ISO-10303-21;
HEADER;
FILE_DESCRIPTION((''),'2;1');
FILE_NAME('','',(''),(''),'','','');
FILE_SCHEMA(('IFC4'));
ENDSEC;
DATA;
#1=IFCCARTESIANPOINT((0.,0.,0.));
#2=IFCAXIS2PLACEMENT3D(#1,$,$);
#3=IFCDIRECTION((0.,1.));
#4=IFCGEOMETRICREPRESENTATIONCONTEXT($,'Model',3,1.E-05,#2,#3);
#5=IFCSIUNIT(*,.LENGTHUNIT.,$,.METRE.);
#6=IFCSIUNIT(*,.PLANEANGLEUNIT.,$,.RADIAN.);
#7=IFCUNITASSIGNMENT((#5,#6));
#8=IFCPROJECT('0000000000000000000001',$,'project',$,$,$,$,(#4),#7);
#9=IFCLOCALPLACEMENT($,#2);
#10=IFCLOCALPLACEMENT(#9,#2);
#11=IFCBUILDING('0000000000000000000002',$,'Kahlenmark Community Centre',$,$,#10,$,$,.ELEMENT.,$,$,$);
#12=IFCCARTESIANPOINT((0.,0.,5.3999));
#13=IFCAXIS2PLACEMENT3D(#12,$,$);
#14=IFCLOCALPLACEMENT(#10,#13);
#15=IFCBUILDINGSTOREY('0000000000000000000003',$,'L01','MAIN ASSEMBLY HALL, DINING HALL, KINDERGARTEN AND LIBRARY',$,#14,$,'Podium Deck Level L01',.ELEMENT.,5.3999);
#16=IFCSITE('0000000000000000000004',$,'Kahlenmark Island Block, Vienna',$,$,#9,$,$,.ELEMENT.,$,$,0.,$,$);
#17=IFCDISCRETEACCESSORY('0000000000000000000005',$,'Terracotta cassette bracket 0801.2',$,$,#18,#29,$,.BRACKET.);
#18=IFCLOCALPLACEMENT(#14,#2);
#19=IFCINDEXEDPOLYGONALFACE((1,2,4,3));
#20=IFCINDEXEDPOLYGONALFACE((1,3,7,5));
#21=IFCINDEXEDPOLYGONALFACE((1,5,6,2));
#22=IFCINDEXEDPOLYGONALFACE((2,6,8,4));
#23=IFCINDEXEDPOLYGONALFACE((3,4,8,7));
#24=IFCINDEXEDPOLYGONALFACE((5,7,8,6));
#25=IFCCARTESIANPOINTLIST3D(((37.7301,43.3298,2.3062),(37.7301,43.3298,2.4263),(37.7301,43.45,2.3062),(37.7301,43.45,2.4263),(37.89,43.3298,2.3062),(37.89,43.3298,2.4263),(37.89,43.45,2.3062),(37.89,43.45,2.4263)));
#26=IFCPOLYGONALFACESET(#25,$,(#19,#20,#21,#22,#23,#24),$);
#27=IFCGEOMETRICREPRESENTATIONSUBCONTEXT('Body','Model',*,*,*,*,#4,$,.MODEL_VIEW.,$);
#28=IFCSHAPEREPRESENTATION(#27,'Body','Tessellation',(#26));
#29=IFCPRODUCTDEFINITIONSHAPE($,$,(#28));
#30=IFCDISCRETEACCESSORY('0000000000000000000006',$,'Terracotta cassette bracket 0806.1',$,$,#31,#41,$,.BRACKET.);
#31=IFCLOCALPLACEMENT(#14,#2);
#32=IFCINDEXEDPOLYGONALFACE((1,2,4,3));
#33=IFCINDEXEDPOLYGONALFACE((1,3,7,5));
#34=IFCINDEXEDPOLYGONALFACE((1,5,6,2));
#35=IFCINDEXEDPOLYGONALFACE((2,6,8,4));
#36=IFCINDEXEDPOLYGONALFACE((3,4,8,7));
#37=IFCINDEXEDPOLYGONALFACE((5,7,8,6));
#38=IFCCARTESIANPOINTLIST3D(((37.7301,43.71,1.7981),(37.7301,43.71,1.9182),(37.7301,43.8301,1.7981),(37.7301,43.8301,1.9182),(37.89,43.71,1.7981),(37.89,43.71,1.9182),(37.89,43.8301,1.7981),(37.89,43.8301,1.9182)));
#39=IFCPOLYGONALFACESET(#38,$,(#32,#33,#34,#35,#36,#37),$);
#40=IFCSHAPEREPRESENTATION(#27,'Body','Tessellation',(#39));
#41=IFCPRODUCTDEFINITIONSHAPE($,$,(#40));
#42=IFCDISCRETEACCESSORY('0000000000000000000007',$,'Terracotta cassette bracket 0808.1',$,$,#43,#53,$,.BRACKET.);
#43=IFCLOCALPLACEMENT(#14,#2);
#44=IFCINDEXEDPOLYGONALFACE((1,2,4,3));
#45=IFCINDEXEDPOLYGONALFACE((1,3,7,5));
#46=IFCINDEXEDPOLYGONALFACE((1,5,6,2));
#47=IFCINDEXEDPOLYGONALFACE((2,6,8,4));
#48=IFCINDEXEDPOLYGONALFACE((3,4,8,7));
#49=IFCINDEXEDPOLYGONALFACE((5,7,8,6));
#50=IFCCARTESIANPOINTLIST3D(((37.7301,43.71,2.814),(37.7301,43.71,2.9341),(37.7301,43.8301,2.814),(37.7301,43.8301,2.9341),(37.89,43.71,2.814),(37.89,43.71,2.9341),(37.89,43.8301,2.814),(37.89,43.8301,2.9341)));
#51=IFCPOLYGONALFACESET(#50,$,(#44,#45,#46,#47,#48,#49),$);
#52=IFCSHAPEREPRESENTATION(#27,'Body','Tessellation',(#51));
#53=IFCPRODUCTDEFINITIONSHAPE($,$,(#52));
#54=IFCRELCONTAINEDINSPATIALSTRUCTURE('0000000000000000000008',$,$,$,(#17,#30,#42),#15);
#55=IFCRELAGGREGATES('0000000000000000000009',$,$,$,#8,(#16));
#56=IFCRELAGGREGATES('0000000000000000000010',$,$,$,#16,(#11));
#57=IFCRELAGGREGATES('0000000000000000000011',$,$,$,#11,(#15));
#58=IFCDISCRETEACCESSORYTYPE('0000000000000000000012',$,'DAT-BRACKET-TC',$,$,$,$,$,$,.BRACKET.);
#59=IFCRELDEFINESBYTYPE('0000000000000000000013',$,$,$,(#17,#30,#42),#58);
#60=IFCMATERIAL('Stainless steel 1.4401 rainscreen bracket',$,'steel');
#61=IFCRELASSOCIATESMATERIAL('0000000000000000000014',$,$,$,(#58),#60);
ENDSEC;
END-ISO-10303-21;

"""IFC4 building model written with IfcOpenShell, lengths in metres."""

from ifc_helpers import new_model, si_unit, direction, frame, origin, origin_2d, place, context, subcontext, project, spatial, rectangle, extrude, material, type_object, element, save


model = new_model("IFC4")

# Units and contexts
model_context = context("Model", 3, precision=1e-05, world=origin(), true_north=direction((0.0, 1.0)))
body_context = subcontext(model_context, "Body", "Model", "MODEL_VIEW")
ifc_project = project(units=[si_unit("LENGTHUNIT", "METRE"), si_unit("PLANEANGLEUNIT", "RADIAN")], contexts=[model_context])

# Site, building, storey
site_placement = place(None, origin())
site = spatial("IfcSite", under=ifc_project, at=site_placement, Name="Kahlenmark Island Block, Vienna", CompositionType="ELEMENT", RefElevation=0.0)
building_placement = place(site_placement, origin())
building = spatial("IfcBuilding", under=site, at=building_placement, Name="Kahlenmark Community Centre", CompositionType="ELEMENT")
storey_placement = place(building_placement, frame((0.0, 0.0, 5.3999)))
storey = spatial("IfcBuildingStorey", under=building, at=storey_placement, Name="L01", Description="MAIN ASSEMBLY HALL, DINING HALL, KINDERGARTEN AND LIBRARY", LongName="Podium Deck Level L01", CompositionType="ELEMENT", Elevation=5.3999)

# Discrete accessories
ifc_material_1 = material(Name="Stainless steel 1.4401 rainscreen bracket", Category="steel")
discrete_accessory_type = type_object("IfcDiscreteAccessoryType", Name="DAT-BRACKET-TC", PredefinedType="BRACKET", material=ifc_material_1)
for number, where, z_axis, x_axis, name in (
    (1, (37.8101, 43.3899, 2.3062), (0.0, 0.0, 1.0), (0.0, 1.0, 0.0), "Terracotta cassette bracket 0801.2"),
    (2, (37.8101, 43.77, 1.7981), (0.0, 0.0, 1.0), (0.0, 1.0, 0.0), "Terracotta cassette bracket 0806.1"),
    (3, (37.8101, 43.77, 2.814), (0.0, 0.0, 1.0), (0.0, 1.0, 0.0), "Terracotta cassette bracket 0808.1"),
):
    element("IfcDiscreteAccessory", number, at=place(storey_placement, frame(where, z_axis=z_axis, x_axis=x_axis)), inside=storey, type_object=discrete_accessory_type, Name=name, PredefinedType="BRACKET", context=body_context, shape_type="SweptSolid", body=[
        extrude(rectangle(XDim=0.1201, YDim=0.1599, at=origin_2d()), origin(), (0.0, 0.0, 1.0), 0.1201),
    ])

save(model, "model.ifc")
